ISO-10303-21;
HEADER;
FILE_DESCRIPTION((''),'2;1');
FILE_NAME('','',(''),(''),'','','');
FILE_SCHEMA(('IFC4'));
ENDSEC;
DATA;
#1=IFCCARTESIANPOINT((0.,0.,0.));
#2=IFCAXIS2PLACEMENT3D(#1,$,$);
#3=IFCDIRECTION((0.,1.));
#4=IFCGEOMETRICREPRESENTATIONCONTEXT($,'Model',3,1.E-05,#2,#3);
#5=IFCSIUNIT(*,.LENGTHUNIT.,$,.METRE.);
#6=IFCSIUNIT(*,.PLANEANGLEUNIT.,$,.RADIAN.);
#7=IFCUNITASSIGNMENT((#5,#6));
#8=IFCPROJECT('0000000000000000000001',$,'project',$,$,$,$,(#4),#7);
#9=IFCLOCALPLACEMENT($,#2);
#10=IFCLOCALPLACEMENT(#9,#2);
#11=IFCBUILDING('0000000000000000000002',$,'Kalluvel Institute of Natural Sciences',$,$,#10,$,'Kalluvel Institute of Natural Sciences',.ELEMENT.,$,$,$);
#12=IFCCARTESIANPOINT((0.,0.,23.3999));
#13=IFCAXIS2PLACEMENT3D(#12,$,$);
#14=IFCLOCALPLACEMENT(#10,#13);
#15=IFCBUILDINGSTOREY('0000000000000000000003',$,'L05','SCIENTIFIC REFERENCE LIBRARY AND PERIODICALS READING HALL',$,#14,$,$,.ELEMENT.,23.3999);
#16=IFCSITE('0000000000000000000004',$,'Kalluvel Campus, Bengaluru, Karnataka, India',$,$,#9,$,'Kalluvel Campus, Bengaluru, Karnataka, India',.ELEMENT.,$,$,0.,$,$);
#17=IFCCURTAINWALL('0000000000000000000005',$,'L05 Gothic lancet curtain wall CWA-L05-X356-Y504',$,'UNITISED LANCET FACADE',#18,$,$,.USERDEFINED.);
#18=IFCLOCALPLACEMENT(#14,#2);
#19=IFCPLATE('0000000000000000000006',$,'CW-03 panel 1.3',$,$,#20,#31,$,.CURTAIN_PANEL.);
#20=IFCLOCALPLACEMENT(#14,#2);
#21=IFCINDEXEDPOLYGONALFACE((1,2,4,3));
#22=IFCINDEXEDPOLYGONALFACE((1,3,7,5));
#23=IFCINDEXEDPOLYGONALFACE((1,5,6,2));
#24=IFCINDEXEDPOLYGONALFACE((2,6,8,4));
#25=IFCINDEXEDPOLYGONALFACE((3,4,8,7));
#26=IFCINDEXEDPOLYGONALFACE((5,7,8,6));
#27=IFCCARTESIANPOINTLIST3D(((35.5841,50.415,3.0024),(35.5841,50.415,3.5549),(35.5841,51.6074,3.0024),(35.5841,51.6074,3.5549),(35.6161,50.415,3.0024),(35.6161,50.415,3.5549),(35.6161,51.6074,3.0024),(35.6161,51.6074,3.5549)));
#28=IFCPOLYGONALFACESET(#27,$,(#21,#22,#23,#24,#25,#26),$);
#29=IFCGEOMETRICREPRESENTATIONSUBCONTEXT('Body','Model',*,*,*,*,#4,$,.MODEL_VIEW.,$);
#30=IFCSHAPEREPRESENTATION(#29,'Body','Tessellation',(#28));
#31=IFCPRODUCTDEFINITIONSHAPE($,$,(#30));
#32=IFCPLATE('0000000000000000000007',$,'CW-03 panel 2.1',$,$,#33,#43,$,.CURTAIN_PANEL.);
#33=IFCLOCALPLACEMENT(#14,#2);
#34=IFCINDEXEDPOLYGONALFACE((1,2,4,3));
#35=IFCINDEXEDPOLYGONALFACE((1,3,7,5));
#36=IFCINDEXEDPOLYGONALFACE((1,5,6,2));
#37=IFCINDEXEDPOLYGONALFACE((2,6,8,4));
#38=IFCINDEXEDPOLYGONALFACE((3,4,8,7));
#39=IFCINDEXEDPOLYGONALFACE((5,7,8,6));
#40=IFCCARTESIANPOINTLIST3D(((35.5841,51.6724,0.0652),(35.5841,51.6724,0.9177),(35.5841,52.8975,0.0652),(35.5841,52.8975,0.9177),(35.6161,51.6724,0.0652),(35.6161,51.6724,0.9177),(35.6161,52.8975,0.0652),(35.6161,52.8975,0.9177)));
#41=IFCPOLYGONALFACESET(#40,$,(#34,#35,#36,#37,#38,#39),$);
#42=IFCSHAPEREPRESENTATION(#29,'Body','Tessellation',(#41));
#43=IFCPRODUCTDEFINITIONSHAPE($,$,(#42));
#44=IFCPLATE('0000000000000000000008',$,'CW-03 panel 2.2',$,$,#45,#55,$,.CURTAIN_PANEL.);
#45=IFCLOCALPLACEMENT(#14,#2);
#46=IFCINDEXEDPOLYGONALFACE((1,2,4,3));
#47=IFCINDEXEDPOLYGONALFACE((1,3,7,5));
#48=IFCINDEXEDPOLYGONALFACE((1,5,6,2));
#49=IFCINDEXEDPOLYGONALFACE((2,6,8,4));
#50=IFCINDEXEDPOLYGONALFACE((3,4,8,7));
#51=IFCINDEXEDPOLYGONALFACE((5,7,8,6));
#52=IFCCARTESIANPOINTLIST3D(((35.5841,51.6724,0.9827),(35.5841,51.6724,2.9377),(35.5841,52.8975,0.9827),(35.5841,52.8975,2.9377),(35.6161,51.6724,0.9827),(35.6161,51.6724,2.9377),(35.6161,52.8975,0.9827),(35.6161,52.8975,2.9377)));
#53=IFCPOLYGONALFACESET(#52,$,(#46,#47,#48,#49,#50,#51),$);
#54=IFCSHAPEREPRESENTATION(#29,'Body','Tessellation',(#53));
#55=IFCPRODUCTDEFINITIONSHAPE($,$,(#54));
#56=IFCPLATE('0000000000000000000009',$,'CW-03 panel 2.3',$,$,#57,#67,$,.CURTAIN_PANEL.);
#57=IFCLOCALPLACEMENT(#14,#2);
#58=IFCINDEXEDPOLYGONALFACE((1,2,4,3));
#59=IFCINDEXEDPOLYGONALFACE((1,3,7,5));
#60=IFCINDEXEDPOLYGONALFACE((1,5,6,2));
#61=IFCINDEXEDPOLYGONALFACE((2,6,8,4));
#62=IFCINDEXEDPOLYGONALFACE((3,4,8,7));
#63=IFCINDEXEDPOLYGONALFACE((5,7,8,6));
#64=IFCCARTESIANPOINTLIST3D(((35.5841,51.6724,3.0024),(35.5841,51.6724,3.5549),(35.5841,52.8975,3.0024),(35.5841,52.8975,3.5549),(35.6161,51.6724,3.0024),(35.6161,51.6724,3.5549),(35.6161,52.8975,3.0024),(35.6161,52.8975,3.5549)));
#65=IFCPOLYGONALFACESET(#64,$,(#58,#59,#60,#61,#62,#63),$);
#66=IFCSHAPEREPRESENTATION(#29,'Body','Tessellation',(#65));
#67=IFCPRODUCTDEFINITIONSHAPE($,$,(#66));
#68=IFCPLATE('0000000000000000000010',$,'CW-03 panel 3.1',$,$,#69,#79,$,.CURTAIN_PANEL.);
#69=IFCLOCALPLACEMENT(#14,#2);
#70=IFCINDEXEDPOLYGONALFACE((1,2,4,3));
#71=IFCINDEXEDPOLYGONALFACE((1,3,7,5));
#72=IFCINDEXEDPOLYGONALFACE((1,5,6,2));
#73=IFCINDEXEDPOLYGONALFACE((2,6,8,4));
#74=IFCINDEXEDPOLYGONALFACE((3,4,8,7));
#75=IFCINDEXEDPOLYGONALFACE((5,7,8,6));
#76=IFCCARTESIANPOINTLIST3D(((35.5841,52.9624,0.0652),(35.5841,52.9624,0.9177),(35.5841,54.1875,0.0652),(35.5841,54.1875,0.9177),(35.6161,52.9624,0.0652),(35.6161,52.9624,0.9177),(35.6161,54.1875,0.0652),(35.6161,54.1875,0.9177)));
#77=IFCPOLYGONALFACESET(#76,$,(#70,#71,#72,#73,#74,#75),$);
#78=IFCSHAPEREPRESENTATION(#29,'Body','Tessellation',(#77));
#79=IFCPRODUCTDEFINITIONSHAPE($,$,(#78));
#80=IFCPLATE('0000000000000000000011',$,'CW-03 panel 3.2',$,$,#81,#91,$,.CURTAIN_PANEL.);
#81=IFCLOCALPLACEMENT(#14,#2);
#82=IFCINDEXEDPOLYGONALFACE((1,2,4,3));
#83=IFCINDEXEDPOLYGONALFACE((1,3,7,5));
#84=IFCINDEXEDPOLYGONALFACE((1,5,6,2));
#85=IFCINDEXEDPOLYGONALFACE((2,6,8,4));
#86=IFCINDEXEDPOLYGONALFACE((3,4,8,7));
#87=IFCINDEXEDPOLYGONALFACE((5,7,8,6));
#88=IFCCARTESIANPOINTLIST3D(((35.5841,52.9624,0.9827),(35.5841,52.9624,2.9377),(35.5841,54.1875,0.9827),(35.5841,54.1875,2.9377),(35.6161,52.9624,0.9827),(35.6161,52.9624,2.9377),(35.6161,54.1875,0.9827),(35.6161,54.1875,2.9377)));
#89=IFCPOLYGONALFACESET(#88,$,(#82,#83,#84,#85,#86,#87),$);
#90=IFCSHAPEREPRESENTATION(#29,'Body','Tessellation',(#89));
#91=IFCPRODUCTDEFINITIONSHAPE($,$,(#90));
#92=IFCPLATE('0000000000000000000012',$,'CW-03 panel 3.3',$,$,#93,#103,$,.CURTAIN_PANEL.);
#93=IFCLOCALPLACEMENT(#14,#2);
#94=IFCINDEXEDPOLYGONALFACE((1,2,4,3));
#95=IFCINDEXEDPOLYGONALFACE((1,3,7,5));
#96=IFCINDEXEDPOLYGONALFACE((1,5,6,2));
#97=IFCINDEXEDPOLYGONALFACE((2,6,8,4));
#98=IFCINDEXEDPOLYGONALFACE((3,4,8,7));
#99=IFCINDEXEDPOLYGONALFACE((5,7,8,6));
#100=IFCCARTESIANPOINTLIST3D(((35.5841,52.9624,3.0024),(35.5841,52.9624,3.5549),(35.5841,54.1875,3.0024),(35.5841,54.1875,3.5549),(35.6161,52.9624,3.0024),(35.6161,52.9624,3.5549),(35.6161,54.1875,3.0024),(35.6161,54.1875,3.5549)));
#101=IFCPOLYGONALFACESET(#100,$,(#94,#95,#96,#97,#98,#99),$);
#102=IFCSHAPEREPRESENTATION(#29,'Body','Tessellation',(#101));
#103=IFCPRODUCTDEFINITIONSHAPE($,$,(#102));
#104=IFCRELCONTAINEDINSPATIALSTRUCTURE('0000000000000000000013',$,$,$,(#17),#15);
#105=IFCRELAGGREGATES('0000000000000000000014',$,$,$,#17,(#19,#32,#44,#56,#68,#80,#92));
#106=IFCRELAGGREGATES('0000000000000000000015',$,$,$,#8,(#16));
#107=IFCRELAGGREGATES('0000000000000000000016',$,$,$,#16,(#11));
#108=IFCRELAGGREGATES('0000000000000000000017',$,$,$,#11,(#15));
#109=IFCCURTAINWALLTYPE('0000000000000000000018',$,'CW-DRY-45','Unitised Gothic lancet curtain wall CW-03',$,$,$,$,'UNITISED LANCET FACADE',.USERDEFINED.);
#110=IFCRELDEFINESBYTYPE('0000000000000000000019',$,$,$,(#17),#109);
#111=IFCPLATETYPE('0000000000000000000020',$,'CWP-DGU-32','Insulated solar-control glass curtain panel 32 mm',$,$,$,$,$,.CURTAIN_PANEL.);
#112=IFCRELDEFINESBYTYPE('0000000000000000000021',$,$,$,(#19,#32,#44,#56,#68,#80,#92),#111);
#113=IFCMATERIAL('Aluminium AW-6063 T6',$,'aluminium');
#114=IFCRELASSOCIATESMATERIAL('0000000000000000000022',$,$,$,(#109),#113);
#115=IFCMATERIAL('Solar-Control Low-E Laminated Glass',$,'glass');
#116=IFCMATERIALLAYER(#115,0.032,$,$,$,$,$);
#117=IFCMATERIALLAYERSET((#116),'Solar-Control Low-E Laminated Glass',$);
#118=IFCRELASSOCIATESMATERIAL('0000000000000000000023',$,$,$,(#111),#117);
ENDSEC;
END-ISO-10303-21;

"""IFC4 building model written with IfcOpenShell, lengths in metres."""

from ifc_helpers import new_model, si_unit, direction, frame, origin, origin_2d, place, context, subcontext, project, spatial, rectangle, extrude, material, layer, layer_set, type_object, element, aggregate, save


model = new_model("IFC4")

# Units and contexts
model_context = context("Model", 3, precision=1e-05, world=origin(), true_north=direction((0.0, 1.0)))
body_context = subcontext(model_context, "Body", "Model", "MODEL_VIEW")
ifc_project = project(units=[si_unit("LENGTHUNIT", "METRE"), si_unit("PLANEANGLEUNIT", "RADIAN")], contexts=[model_context])

# Site, building, storey
site_placement = place(None, origin())
site = spatial("IfcSite", under=ifc_project, at=site_placement, Name="Kalluvel Campus, Bengaluru, Karnataka, India", LongName="Kalluvel Campus, Bengaluru, Karnataka, India", CompositionType="ELEMENT", RefElevation=0.0)
building_placement = place(site_placement, origin())
building = spatial("IfcBuilding", under=site, at=building_placement, Name="Kalluvel Institute of Natural Sciences", LongName="Kalluvel Institute of Natural Sciences", CompositionType="ELEMENT")
storey_placement = place(building_placement, frame((0.0, 0.0, 23.3999)))
storey = spatial("IfcBuildingStorey", under=building, at=storey_placement, Name="L05", Description="SCIENTIFIC REFERENCE LIBRARY AND PERIODICALS READING HALL", CompositionType="ELEMENT", Elevation=23.3999)

# Curtain wall, plates
ifc_material_1 = material(Name="Aluminium AW-6063 T6", Category="aluminium")
curtain_wall_type = type_object("IfcCurtainWallType", Name="CW-DRY-45", Description="Unitised Gothic lancet curtain wall CW-03", ElementType="UNITISED LANCET FACADE", PredefinedType="USERDEFINED", material=ifc_material_1)
curtain_wall_placement = place(storey_placement, origin())
curtain_wall = element("IfcCurtainWall", 1, at=curtain_wall_placement, inside=storey, type_object=curtain_wall_type, Name="L05 Gothic lancet curtain wall CWA-L05-X356-Y504", ObjectType="UNITISED LANCET FACADE", PredefinedType="USERDEFINED")
ifc_material_2 = material(Name="Solar-Control Low-E Laminated Glass", Category="glass")
ifc_layer = layer(ifc_material_2, 0.032)
ifc_layer_set = layer_set([ifc_layer], Name="Solar-Control Low-E Laminated Glass")
plate_type = type_object("IfcPlateType", Name="CWP-DGU-32", Description="Insulated solar-control glass curtain panel 32 mm", PredefinedType="CURTAIN_PANEL", material=ifc_layer_set)
plate_1_placement = place(storey_placement, frame((35.6001, 51.0112, 3.0024), z_axis=(0.0, 0.0, 1.0), x_axis=(0.0, 1.0, 0.0)))
plate_1 = element("IfcPlate", 2, at=plate_1_placement, type_object=plate_type, Name="CW-03 panel 1.3", PredefinedType="CURTAIN_PANEL", context=body_context, shape_type="SweptSolid", body=[
    extrude(rectangle(XDim=1.1924, YDim=0.032, at=origin_2d()), origin(), (0.0, 0.0, 1.0), 0.5525),
])
plate_2_placement = place(storey_placement, frame((35.6001, 52.2849, 0.0652), z_axis=(0.0, 0.0, 1.0), x_axis=(0.0, 1.0, 0.0)))
plate_2 = element("IfcPlate", 3, at=plate_2_placement, type_object=plate_type, Name="CW-03 panel 2.1", PredefinedType="CURTAIN_PANEL", context=body_context, shape_type="SweptSolid", body=[
    extrude(rectangle(XDim=1.2251, YDim=0.032, at=origin_2d()), origin(), (0.0, 0.0, 1.0), 0.8525),
])
plate_3_placement = place(storey_placement, frame((35.6001, 52.2849, 0.9827), z_axis=(0.0, 0.0, 1.0), x_axis=(0.0, 1.0, 0.0)))
plate_3 = element("IfcPlate", 4, at=plate_3_placement, type_object=plate_type, Name="CW-03 panel 2.2", PredefinedType="CURTAIN_PANEL", context=body_context, shape_type="SweptSolid", body=[
    extrude(rectangle(XDim=1.2251, YDim=0.032, at=origin_2d()), origin(), (0.0, 0.0, 1.0), 1.9551),
])
plate_4_placement = place(storey_placement, frame((35.6001, 52.2849, 3.0024), z_axis=(0.0, 0.0, 1.0), x_axis=(0.0, 1.0, 0.0)))
plate_4 = element("IfcPlate", 5, at=plate_4_placement, type_object=plate_type, Name="CW-03 panel 2.3", PredefinedType="CURTAIN_PANEL", context=body_context, shape_type="SweptSolid", body=[
    extrude(rectangle(XDim=1.2251, YDim=0.032, at=origin_2d()), origin(), (0.0, 0.0, 1.0), 0.5525),
])
plate_5_placement = place(storey_placement, frame((35.6001, 53.575, 0.0652), z_axis=(0.0, 0.0, 1.0), x_axis=(0.0, 1.0, 0.0)))
plate_5 = element("IfcPlate", 6, at=plate_5_placement, type_object=plate_type, Name="CW-03 panel 3.1", PredefinedType="CURTAIN_PANEL", context=body_context, shape_type="SweptSolid", body=[
    extrude(rectangle(XDim=1.2251, YDim=0.032, at=origin_2d()), origin(), (0.0, 0.0, 1.0), 0.8525),
])
plate_6_placement = place(storey_placement, frame((35.6001, 53.575, 0.9827), z_axis=(0.0, 0.0, 1.0), x_axis=(0.0, 1.0, 0.0)))
plate_6 = element("IfcPlate", 7, at=plate_6_placement, type_object=plate_type, Name="CW-03 panel 3.2", PredefinedType="CURTAIN_PANEL", context=body_context, shape_type="SweptSolid", body=[
    extrude(rectangle(XDim=1.2251, YDim=0.032, at=origin_2d()), origin(), (0.0, 0.0, 1.0), 1.9551),
])
plate_7_placement = place(storey_placement, frame((35.6001, 53.575, 3.0024), z_axis=(0.0, 0.0, 1.0), x_axis=(0.0, 1.0, 0.0)))
plate_7 = element("IfcPlate", 8, at=plate_7_placement, type_object=plate_type, Name="CW-03 panel 3.3", PredefinedType="CURTAIN_PANEL", context=body_context, shape_type="SweptSolid", body=[
    extrude(rectangle(XDim=1.2251, YDim=0.032, at=origin_2d()), origin(), (0.0, 0.0, 1.0), 0.5525),
])
aggregate(curtain_wall, [plate_1, plate_2, plate_3, plate_4, plate_5, plate_6, plate_7])

save(model, "model.ifc")
